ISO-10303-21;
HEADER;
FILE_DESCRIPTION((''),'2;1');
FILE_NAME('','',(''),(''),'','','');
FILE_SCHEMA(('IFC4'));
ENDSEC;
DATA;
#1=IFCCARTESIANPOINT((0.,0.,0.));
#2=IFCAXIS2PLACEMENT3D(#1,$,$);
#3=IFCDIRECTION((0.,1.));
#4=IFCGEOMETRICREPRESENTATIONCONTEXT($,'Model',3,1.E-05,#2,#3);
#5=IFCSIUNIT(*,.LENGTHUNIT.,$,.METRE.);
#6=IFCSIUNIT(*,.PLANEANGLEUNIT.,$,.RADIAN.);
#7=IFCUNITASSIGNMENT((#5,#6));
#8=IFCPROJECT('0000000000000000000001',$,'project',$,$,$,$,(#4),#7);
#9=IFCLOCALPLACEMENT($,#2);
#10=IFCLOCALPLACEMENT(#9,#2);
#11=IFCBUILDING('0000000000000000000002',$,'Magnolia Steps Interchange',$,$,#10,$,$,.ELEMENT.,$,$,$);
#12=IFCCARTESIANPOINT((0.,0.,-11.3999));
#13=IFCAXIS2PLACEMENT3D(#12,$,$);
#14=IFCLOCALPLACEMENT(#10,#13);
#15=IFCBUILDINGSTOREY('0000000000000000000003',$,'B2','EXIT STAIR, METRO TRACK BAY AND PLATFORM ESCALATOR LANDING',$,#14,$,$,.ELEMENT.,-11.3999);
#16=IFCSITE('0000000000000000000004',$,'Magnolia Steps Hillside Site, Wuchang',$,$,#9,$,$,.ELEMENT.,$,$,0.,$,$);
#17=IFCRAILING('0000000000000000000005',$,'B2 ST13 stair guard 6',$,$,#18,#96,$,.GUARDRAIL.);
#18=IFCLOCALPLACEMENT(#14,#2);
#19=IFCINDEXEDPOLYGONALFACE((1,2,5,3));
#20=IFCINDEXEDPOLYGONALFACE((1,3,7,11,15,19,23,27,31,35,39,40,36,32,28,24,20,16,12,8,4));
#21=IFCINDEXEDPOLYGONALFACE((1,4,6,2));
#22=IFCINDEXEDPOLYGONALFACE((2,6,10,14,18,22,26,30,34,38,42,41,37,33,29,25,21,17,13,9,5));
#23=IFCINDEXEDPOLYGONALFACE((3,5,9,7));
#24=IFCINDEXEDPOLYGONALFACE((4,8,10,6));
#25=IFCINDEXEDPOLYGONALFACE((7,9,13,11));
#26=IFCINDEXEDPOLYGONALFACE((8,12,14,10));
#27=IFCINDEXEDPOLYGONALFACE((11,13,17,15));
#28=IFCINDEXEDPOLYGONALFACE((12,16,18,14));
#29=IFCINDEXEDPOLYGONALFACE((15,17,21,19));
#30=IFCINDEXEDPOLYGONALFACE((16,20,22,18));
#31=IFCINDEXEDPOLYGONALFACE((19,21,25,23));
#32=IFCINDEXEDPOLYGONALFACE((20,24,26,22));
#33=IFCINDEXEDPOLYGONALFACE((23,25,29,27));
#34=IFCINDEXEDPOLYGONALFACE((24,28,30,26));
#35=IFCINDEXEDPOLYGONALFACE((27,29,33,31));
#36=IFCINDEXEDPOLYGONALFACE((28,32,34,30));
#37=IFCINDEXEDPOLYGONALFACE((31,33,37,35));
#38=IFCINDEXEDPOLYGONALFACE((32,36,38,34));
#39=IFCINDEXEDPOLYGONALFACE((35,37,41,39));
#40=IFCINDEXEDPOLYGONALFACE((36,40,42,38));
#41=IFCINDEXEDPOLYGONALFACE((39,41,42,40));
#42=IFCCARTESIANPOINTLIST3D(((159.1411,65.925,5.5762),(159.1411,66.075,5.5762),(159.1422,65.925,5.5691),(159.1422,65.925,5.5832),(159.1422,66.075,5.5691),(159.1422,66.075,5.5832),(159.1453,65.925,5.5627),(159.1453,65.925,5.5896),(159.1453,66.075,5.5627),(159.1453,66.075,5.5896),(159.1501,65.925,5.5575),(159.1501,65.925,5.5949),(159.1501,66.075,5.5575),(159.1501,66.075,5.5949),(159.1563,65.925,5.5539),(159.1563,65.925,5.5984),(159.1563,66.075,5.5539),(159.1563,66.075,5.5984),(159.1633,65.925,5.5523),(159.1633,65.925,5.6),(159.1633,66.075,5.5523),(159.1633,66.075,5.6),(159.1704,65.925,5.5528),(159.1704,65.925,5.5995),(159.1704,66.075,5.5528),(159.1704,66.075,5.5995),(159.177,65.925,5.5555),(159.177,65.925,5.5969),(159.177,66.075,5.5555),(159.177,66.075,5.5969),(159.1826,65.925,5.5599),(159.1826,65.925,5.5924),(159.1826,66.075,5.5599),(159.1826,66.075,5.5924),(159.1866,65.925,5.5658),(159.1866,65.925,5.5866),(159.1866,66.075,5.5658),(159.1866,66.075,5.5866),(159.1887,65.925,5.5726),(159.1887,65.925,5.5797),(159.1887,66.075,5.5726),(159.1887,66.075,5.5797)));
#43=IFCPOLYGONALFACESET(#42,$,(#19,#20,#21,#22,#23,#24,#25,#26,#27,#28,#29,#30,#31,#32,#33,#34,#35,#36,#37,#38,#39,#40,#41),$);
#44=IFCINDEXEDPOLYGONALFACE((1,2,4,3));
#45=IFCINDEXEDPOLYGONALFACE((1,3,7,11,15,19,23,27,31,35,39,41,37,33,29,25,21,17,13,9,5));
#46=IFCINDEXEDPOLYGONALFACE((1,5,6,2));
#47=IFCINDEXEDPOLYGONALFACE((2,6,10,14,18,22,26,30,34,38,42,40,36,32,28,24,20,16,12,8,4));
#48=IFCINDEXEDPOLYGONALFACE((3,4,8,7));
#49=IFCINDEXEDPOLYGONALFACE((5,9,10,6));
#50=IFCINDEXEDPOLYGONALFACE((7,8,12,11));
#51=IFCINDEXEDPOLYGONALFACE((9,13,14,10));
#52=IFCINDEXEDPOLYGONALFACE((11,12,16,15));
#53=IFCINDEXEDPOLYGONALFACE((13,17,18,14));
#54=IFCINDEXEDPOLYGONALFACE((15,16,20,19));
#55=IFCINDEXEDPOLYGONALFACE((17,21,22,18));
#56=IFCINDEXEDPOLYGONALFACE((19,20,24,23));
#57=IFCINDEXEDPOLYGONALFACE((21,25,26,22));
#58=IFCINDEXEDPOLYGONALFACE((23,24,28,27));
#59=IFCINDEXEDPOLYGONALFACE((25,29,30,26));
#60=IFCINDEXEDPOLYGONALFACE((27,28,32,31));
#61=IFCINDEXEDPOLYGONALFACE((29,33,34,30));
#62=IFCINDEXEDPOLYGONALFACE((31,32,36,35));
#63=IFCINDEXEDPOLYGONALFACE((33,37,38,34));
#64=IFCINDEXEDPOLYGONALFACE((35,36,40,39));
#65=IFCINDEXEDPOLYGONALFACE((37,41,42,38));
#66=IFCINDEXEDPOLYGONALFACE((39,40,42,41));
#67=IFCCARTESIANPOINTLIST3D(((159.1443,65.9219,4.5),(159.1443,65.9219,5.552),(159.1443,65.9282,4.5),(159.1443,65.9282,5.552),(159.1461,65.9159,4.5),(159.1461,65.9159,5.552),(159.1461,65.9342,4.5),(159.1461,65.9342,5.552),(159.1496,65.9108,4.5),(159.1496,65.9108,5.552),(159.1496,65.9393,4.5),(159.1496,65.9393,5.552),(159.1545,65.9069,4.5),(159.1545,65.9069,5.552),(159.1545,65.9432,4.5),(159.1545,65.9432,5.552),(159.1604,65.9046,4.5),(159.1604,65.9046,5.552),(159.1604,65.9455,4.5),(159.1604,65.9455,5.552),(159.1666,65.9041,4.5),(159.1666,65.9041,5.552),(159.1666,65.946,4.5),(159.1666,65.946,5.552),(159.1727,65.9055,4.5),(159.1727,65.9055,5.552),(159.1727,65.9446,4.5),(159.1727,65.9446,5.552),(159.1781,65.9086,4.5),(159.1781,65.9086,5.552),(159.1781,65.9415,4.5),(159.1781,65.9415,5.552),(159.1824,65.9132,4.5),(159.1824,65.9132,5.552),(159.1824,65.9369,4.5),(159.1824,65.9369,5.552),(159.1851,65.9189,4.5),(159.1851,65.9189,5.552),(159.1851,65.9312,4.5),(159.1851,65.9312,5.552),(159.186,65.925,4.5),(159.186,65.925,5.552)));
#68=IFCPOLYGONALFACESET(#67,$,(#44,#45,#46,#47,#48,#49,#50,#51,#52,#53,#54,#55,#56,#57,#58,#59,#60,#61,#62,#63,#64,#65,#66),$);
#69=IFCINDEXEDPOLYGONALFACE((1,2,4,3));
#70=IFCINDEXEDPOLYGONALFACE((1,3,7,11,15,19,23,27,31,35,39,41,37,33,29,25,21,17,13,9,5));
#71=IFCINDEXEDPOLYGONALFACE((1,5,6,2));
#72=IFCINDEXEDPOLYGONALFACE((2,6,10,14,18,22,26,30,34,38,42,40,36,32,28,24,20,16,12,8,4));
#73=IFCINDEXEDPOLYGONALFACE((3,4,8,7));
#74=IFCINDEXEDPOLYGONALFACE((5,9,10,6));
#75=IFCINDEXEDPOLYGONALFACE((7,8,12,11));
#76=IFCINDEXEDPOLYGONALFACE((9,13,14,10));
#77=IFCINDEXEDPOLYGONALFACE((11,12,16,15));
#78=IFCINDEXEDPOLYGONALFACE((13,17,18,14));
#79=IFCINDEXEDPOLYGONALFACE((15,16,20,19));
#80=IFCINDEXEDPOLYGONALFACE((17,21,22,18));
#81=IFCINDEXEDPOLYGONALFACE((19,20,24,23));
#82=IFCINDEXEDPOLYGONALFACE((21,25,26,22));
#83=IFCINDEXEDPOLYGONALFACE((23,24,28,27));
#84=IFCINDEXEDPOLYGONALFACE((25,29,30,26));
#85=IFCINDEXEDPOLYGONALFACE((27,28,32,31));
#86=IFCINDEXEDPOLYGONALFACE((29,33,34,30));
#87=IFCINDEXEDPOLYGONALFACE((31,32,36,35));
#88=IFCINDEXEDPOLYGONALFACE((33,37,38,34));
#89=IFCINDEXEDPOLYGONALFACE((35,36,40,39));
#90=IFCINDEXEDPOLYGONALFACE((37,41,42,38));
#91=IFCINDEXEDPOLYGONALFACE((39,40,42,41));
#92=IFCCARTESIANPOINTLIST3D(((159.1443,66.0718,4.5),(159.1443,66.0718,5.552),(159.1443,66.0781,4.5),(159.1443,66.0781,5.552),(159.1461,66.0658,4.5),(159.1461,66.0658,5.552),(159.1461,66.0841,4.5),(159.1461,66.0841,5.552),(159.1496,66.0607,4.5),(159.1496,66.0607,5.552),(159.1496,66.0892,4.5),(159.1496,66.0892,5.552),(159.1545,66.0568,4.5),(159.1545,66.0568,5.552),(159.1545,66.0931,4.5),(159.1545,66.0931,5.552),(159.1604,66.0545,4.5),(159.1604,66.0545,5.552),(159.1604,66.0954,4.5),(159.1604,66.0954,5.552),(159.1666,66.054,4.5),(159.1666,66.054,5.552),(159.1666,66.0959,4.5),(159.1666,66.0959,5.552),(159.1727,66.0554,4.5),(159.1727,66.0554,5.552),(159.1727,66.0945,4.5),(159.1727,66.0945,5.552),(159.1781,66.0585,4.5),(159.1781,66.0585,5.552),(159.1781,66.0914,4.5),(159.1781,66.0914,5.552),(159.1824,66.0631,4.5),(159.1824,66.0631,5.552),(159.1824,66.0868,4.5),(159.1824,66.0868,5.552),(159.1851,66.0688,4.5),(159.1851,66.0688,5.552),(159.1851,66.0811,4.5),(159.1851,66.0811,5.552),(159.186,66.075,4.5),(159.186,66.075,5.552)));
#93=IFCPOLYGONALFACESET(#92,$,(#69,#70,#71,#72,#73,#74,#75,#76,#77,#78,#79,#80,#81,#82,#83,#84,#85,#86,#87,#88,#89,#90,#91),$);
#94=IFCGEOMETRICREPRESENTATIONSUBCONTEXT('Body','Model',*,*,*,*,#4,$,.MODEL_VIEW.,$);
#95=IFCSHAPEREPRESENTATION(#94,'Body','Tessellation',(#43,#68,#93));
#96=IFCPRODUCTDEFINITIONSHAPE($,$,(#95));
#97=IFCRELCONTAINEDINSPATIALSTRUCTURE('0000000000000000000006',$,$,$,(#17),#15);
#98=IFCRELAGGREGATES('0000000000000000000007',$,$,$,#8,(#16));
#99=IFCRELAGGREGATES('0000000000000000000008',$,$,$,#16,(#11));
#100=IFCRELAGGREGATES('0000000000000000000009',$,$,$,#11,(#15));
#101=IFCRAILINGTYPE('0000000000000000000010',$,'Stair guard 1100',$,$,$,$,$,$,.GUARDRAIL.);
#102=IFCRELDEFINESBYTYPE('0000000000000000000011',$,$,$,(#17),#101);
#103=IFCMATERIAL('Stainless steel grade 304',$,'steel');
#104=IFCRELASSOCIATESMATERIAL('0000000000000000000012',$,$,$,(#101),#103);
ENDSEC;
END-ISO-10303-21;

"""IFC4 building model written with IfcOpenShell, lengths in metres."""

from ifc_helpers import new_model, si_unit, direction, frame, origin, origin_2d, place, context, subcontext, project, spatial, circle, extrude, material, type_object, element, save


model = new_model("IFC4")

# Units and contexts
model_context = context("Model", 3, precision=1e-05, world=origin(), true_north=direction((0.0, 1.0)))
body_context = subcontext(model_context, "Body", "Model", "MODEL_VIEW")
ifc_project = project(units=[si_unit("LENGTHUNIT", "METRE"), si_unit("PLANEANGLEUNIT", "RADIAN")], contexts=[model_context])

# Site, building, storey
site_placement = place(None, origin())
site = spatial("IfcSite", under=ifc_project, at=site_placement, Name="Magnolia Steps Hillside Site, Wuchang", CompositionType="ELEMENT", RefElevation=0.0)
building_placement = place(site_placement, origin())
building = spatial("IfcBuilding", under=site, at=building_placement, Name="Magnolia Steps Interchange", CompositionType="ELEMENT")
storey_placement = place(building_placement, frame((0.0, 0.0, -11.3999)))
storey = spatial("IfcBuildingStorey", under=building, at=storey_placement, Name="B2", Description="EXIT STAIR, METRO TRACK BAY AND PLATFORM ESCALATOR LANDING", CompositionType="ELEMENT", Elevation=-11.3999)

# Railing
ifc_material_1 = material(Name="Stainless steel grade 304", Category="steel")
railing_type_1 = type_object("IfcRailingType", Name="Stair guard 1100", PredefinedType="GUARDRAIL", material=ifc_material_1)
railing_1_placement = place(storey_placement, frame((159.165, 65.925, 4.5)))
element("IfcRailing", 1, at=railing_1_placement, inside=storey, type_object=railing_type_1, Name="B2 ST13 stair guard 6", PredefinedType="GUARDRAIL", context=body_context, shape_type="SweptSolid", body=[
    extrude(circle(Radius=0.0239, at=origin_2d()), frame((0.0, 0.0, 1.0762), z_axis=(0.0, 1.0, 0.0), x_axis=(-1.0, 0.0, 0.0)), (0.0, 0.0, 1.0), 0.1499),
    extrude(circle(Radius=0.021, at=origin_2d()), origin(), (0.0, 0.0, 1.0), 1.052),
    extrude(circle(Radius=0.021, at=origin_2d()), frame((0.0, 0.1499, 0.0)), (0.0, 0.0, 1.0), 1.052),
])

save(model, "model.ifc")
